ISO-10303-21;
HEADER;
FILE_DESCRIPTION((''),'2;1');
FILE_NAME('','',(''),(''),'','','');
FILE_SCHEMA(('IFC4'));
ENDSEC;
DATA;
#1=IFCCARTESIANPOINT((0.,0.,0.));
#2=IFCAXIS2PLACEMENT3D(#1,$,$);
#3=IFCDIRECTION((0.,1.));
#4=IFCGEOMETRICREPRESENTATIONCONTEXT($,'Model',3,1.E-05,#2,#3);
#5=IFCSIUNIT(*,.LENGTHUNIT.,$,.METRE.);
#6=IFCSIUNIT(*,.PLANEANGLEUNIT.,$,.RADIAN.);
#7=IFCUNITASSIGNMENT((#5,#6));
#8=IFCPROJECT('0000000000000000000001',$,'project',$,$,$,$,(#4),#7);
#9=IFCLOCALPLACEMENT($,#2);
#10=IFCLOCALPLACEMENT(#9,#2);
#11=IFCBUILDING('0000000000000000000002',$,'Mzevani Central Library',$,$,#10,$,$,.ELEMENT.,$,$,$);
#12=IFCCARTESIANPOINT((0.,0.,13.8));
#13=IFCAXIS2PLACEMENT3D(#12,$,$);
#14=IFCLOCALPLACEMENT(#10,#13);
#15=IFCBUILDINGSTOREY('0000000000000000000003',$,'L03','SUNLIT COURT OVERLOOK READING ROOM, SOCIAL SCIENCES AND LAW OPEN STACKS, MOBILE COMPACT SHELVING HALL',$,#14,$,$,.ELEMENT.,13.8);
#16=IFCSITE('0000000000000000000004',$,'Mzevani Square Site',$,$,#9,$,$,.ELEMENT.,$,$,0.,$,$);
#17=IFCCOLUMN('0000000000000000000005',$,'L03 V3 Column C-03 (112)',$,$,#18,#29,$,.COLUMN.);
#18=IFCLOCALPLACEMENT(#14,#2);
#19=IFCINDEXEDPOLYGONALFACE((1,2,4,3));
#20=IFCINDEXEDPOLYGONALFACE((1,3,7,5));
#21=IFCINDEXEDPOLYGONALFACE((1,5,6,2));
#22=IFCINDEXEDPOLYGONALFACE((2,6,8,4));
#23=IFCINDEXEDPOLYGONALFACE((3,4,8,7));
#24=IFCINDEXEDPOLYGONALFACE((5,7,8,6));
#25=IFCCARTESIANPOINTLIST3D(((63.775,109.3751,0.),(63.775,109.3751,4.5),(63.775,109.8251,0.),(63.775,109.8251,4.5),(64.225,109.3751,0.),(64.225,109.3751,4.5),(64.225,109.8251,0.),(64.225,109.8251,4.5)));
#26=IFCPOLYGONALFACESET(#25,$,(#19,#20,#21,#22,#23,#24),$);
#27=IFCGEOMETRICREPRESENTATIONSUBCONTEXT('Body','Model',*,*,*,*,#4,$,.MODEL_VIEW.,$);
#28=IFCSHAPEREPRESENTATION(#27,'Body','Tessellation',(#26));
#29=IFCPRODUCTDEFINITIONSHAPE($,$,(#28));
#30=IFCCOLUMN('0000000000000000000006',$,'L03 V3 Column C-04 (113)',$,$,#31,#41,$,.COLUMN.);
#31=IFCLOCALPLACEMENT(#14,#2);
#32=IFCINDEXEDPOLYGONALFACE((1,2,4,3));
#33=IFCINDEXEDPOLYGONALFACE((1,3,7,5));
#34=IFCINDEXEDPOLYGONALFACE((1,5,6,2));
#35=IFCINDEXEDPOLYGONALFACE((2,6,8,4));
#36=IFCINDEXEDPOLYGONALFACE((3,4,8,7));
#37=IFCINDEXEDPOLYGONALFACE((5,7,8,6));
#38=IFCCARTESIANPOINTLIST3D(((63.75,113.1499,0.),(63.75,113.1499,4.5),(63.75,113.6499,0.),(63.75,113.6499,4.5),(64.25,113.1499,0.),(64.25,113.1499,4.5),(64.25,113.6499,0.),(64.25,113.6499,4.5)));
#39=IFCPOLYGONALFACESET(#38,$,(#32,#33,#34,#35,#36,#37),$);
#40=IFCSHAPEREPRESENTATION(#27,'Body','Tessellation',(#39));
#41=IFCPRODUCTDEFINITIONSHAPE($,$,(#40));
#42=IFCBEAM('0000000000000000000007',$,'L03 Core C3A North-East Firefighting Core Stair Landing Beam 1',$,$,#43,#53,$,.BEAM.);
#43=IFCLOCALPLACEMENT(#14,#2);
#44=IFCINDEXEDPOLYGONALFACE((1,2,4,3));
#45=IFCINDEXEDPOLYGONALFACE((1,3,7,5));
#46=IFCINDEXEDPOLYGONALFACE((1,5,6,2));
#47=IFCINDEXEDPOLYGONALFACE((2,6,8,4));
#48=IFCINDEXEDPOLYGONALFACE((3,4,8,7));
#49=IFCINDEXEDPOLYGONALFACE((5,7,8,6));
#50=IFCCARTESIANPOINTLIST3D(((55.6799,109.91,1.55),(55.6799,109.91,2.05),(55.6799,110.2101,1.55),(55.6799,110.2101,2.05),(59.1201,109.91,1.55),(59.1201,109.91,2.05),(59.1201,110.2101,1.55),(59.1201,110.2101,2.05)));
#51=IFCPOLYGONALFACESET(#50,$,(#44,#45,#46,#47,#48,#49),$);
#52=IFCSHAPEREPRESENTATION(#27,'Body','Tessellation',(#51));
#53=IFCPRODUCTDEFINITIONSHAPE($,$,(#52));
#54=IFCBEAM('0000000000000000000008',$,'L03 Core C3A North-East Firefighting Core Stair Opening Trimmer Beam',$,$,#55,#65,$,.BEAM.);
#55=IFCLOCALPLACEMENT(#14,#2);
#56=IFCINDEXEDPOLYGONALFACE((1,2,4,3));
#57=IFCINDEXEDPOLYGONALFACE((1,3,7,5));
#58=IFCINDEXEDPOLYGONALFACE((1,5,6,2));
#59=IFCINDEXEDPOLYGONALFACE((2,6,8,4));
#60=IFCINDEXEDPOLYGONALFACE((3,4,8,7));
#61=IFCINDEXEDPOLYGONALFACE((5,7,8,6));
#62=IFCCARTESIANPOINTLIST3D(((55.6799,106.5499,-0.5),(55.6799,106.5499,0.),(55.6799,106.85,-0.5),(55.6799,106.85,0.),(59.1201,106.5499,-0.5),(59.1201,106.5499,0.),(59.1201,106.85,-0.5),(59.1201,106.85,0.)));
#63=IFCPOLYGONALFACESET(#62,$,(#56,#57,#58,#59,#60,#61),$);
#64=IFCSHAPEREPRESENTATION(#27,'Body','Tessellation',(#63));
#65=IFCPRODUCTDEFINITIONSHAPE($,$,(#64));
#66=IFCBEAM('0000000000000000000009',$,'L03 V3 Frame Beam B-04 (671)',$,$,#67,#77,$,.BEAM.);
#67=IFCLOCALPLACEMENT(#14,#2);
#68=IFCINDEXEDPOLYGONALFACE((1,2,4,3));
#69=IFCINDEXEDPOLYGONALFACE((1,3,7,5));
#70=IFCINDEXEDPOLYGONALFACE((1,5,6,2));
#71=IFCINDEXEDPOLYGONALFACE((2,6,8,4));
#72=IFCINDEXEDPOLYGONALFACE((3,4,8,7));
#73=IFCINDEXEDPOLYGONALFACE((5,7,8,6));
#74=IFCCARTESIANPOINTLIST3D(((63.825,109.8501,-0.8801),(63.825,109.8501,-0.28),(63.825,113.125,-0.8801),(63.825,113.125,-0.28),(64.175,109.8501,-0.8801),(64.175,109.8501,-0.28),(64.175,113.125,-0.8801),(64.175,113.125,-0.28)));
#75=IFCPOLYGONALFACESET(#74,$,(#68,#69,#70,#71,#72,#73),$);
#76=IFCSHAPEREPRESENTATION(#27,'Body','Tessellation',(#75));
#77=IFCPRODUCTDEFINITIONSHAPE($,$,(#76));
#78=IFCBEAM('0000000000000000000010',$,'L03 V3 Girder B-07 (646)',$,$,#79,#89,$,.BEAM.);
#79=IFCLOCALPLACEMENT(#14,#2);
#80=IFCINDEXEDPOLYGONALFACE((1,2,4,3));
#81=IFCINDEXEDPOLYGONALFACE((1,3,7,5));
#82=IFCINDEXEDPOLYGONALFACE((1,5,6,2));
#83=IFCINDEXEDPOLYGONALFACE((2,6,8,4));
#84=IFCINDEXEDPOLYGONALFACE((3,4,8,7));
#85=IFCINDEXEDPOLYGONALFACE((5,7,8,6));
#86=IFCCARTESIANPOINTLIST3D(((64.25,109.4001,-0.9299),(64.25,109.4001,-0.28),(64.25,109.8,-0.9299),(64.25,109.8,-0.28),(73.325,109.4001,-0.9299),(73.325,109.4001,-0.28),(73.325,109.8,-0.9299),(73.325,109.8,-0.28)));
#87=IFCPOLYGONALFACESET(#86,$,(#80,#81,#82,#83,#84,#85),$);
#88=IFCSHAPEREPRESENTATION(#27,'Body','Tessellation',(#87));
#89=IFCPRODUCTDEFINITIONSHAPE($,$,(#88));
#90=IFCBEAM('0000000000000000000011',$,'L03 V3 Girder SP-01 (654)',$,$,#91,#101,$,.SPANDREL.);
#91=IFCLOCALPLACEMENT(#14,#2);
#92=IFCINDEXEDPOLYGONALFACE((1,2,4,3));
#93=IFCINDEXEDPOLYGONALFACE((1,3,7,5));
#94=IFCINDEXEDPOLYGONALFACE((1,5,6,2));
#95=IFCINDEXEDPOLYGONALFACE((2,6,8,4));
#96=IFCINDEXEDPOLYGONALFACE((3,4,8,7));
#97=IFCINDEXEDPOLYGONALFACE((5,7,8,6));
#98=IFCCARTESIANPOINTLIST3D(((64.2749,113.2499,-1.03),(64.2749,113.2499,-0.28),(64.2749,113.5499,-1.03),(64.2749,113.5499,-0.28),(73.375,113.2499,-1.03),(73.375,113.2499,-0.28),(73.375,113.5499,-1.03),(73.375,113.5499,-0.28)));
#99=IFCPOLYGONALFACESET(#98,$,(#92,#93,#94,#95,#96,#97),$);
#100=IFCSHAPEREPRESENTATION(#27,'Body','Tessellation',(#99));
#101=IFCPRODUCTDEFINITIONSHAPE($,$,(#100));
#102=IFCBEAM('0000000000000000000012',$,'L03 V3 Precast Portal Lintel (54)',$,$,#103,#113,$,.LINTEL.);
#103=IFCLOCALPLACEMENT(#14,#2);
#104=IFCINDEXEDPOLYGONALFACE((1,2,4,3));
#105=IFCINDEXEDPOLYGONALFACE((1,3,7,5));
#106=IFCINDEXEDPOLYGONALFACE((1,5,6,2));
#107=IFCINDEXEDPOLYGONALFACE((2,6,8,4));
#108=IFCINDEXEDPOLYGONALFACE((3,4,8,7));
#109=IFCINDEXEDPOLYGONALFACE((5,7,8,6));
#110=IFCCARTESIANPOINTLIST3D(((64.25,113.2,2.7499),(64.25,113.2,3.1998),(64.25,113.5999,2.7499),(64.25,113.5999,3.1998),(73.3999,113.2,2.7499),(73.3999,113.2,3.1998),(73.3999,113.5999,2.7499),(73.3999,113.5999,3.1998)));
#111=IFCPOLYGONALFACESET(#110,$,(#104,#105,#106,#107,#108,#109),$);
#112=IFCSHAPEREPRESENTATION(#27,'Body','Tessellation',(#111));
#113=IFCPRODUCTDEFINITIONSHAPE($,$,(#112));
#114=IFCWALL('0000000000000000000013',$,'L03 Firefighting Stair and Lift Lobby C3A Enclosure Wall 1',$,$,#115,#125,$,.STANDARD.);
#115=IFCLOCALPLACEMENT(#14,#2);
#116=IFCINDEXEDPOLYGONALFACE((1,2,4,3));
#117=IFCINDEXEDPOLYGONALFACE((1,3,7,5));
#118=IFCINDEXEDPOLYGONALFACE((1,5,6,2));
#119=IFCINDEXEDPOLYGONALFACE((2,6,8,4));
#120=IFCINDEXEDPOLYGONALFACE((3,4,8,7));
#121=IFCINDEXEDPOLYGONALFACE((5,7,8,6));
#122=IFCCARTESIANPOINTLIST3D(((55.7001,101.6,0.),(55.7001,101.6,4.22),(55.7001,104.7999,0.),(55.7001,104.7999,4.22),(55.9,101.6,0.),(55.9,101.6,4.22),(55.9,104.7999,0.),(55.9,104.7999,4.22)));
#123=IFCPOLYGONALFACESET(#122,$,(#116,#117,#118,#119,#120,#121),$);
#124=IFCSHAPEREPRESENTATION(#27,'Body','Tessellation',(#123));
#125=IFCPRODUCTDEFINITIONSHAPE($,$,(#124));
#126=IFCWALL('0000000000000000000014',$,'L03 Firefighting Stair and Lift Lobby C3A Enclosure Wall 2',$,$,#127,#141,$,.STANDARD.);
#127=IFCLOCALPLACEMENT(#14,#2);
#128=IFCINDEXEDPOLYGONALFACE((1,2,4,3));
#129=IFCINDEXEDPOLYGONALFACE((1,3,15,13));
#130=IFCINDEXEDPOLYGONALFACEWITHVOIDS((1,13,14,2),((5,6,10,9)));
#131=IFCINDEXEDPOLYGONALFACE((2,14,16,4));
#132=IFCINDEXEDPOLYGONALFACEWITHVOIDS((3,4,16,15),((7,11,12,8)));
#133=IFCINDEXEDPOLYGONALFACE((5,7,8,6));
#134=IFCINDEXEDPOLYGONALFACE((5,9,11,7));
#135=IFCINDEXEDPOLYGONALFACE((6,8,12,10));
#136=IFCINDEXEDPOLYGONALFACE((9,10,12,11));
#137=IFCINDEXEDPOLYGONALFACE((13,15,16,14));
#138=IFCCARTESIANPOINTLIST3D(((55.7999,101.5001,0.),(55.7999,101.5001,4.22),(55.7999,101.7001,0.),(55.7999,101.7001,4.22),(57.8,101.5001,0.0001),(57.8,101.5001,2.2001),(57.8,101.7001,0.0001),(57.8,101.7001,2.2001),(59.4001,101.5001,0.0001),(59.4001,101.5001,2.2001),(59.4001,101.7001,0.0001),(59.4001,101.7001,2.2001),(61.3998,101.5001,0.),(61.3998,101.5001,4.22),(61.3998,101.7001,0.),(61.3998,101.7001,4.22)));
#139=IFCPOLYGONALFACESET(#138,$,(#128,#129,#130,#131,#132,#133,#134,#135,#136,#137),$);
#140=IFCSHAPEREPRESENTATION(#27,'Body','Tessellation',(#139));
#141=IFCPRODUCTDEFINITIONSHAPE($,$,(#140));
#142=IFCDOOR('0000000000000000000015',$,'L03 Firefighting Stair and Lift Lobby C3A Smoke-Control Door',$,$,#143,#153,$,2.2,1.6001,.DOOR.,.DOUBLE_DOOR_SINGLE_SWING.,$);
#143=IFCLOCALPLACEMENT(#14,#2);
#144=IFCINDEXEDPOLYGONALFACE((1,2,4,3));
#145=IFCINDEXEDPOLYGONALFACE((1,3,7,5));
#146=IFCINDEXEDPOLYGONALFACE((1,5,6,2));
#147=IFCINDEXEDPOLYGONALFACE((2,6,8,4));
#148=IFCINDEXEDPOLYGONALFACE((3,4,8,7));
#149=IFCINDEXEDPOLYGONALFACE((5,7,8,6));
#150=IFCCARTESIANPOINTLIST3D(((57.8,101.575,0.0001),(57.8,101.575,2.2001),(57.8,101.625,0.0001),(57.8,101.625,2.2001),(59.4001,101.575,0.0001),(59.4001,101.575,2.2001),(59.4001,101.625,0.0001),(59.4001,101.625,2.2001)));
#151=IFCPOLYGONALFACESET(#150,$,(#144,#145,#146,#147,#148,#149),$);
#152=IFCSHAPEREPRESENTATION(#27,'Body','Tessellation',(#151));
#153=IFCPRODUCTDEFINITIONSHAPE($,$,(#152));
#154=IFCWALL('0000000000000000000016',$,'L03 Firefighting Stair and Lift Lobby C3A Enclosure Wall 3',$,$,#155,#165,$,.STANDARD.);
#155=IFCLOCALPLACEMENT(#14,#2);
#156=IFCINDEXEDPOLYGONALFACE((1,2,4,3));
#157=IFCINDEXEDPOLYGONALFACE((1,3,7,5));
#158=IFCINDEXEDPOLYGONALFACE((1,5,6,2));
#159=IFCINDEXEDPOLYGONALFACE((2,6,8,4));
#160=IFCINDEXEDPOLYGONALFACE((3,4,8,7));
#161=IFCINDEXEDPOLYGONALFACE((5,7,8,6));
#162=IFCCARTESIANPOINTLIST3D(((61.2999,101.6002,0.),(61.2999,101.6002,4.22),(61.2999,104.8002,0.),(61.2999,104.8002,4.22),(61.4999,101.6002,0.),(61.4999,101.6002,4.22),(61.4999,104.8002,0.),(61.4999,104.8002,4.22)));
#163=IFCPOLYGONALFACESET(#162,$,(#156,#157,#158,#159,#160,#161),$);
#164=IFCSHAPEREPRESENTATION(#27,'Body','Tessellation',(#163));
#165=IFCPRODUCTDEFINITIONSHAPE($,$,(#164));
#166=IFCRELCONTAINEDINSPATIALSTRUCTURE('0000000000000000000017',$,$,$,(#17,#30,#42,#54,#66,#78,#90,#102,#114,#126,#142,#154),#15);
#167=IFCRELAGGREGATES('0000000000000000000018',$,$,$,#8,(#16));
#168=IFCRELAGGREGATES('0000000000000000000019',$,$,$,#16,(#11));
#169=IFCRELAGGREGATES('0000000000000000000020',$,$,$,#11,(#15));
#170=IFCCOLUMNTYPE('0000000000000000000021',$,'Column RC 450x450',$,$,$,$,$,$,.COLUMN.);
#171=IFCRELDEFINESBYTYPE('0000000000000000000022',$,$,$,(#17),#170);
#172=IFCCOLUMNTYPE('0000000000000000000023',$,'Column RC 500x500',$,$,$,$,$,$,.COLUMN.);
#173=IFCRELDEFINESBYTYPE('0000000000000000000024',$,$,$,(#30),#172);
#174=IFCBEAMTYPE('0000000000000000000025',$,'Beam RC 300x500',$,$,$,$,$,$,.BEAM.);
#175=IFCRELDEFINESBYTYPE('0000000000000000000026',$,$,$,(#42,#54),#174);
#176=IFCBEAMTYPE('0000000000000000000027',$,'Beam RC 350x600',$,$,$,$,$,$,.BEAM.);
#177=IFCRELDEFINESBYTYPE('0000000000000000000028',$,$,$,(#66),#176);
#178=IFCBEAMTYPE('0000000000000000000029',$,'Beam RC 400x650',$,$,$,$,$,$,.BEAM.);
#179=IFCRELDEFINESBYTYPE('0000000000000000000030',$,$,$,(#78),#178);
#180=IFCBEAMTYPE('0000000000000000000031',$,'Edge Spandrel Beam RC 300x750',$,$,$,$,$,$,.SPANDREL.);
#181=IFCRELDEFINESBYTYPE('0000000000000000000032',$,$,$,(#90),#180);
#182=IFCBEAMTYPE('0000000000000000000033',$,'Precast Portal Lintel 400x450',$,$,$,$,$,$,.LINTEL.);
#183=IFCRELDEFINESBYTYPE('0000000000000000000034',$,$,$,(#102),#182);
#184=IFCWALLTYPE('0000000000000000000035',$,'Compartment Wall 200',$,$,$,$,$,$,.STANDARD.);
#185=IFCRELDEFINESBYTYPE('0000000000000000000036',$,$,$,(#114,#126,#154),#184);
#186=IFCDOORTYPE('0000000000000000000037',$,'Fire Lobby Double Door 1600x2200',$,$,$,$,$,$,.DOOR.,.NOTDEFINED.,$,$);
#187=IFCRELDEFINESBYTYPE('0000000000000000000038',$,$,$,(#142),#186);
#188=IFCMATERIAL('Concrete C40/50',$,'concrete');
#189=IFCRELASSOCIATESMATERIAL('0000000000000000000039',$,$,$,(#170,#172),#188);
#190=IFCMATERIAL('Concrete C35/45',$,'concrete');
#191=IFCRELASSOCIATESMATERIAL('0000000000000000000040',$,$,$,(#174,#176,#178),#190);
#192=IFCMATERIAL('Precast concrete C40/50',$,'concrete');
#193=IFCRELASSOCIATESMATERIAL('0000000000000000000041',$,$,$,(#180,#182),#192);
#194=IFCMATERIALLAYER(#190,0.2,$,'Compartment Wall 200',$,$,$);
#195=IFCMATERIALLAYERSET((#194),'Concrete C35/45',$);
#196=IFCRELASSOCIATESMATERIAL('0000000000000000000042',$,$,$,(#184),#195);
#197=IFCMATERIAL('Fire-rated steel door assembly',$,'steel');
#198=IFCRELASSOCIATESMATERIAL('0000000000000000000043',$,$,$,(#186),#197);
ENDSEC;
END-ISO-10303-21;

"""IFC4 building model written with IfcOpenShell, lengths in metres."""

from ifc_helpers import new_model, si_unit, direction, frame, frame_2d, origin, origin_2d, place, context, subcontext, project, spatial, rectangle, extrude, material, layer, layer_set, material_profile, profile_set, type_object, element, fill, save


model = new_model("IFC4")

# Units and contexts
model_context = context("Model", 3, precision=1e-05, world=origin(), true_north=direction((0.0, 1.0)))
body_context = subcontext(model_context, "Body", "Model", "MODEL_VIEW")
ifc_project = project(units=[si_unit("LENGTHUNIT", "METRE"), si_unit("PLANEANGLEUNIT", "RADIAN")], contexts=[model_context])

# Site, building, storey
site_placement = place(None, origin())
site = spatial("IfcSite", under=ifc_project, at=site_placement, Name="Mzevani Square Site", CompositionType="ELEMENT", RefElevation=0.0)
building_placement = place(site_placement, origin())
building = spatial("IfcBuilding", under=site, at=building_placement, Name="Mzevani Central Library", CompositionType="ELEMENT")
storey_placement = place(building_placement, frame((0.0, 0.0, 13.8)))
storey = spatial("IfcBuildingStorey", under=building, at=storey_placement, Name="L03", Description="SUNLIT COURT OVERLOOK READING ROOM, SOCIAL SCIENCES AND LAW OPEN STACKS, MOBILE COMPACT SHELVING HALL", CompositionType="ELEMENT", Elevation=13.8)

# Columns
ifc_material_1 = material(Name="Concrete C40/50", Category="concrete")
ifc_material_profile_1 = material_profile(ifc_material_1, rectangle(XDim=0.45, YDim=0.45, at=origin_2d()), Name="RC 450x450")
ifc_profile_set_1 = profile_set([ifc_material_profile_1], Name="Concrete C40/50")
column_type_1 = type_object("IfcColumnType", Name="Column RC 450x450", PredefinedType="COLUMN", material=ifc_profile_set_1)
column_1_placement = place(storey_placement, frame((64.0, 109.6001, 0.0), z_axis=(0.0, 0.0, 1.0), x_axis=(1.0, 0.0, 0.0)))
element("IfcColumn", 1, at=column_1_placement, inside=storey, type_object=column_type_1, Name="L03 V3 Column C-03 (112)", PredefinedType="COLUMN", context=body_context, shape_type="SweptSolid", body=[
    extrude(rectangle(XDim=0.45, YDim=0.45, at=origin_2d()), origin(), (0.0, 0.0, 1.0), 4.5),
])
ifc_material_profile_2 = material_profile(ifc_material_1, rectangle(XDim=0.5, YDim=0.5, at=origin_2d()), Name="RC 500x500")
ifc_profile_set_2 = profile_set([ifc_material_profile_2], Name="Concrete C40/50")
column_type_2 = type_object("IfcColumnType", Name="Column RC 500x500", PredefinedType="COLUMN", material=ifc_profile_set_2)
column_2_placement = place(storey_placement, frame((64.0, 113.3999, 0.0), z_axis=(0.0, 0.0, 1.0), x_axis=(1.0, 0.0, 0.0)))
element("IfcColumn", 2, at=column_2_placement, inside=storey, type_object=column_type_2, Name="L03 V3 Column C-04 (113)", PredefinedType="COLUMN", context=body_context, shape_type="SweptSolid", body=[
    extrude(rectangle(XDim=0.5, YDim=0.5, at=origin_2d()), origin(), (0.0, 0.0, 1.0), 4.5),
])

# Beams
ifc_material_2 = material(Name="Concrete C35/45", Category="concrete")
ifc_material_profile_3 = material_profile(ifc_material_2, rectangle(XDim=0.3, YDim=0.5, at=origin_2d()), Name="RC B300x500")
ifc_profile_set_3 = profile_set([ifc_material_profile_3], Name="Concrete C35/45")
beam_type_1 = type_object("IfcBeamType", Name="Beam RC 300x500", PredefinedType="BEAM", material=ifc_profile_set_3)
for number, where, z_axis, x_axis, name in (
    (3, (55.6799, 110.0601, 1.8), (1.0, 0.0, 0.0), (0.0, 1.0, 0.0), "L03 Core C3A North-East Firefighting Core Stair Landing Beam 1"),
    (4, (55.6799, 106.7, -0.25), (1.0, 0.0, 0.0), (0.0, 1.0, 0.0), "L03 Core C3A North-East Firefighting Core Stair Opening Trimmer Beam"),
):
    element("IfcBeam", number, at=place(storey_placement, frame(where, z_axis=z_axis, x_axis=x_axis)), inside=storey, type_object=beam_type_1, Name=name, PredefinedType="BEAM", context=body_context, shape_type="SweptSolid", body=[
        extrude(rectangle(XDim=0.3, YDim=0.5, at=origin_2d()), origin(), (0.0, 0.0, 1.0), 3.4402),
    ])
ifc_material_profile_4 = material_profile(ifc_material_2, rectangle(XDim=0.3501, YDim=0.6001, at=origin_2d()), Name="RC B350x600")
ifc_profile_set_4 = profile_set([ifc_material_profile_4], Name="Concrete C35/45")
beam_type_2 = type_object("IfcBeamType", Name="Beam RC 350x600", PredefinedType="BEAM", material=ifc_profile_set_4)
beam_1_placement = place(storey_placement, frame((64.0, 109.8501, -0.5801), z_axis=(0.0, 1.0, 0.0), x_axis=(-1.0, 0.0, 0.0)))
element("IfcBeam", 5, at=beam_1_placement, inside=storey, type_object=beam_type_2, Name="L03 V3 Frame Beam B-04 (671)", PredefinedType="BEAM", context=body_context, shape_type="SweptSolid", body=[
    extrude(rectangle(XDim=0.3501, YDim=0.6001, at=origin_2d()), origin(), (0.0, 0.0, 1.0), 3.2749),
])
ifc_material_profile_5 = material_profile(ifc_material_2, rectangle(XDim=0.3999, YDim=0.6499, at=origin_2d()), Name="RC B400x650")
ifc_profile_set_5 = profile_set([ifc_material_profile_5], Name="Concrete C35/45")
beam_type_3 = type_object("IfcBeamType", Name="Beam RC 400x650", PredefinedType="BEAM", material=ifc_profile_set_5)
beam_2_placement = place(storey_placement, frame((64.25, 109.6001, -0.605), z_axis=(1.0, 0.0, 0.0), x_axis=(0.0, 1.0, 0.0)))
element("IfcBeam", 6, at=beam_2_placement, inside=storey, type_object=beam_type_3, Name="L03 V3 Girder B-07 (646)", PredefinedType="BEAM", context=body_context, shape_type="SweptSolid", body=[
    extrude(rectangle(XDim=0.3999, YDim=0.6499, at=origin_2d()), origin(), (0.0, 0.0, 1.0), 9.075),
])
ifc_material_3 = material(Name="Precast concrete C40/50", Category="concrete")
ifc_material_profile_6 = material_profile(ifc_material_3, rectangle(XDim=0.3, YDim=0.75, at=origin_2d()), Name="RC SP300x750")
ifc_profile_set_6 = profile_set([ifc_material_profile_6], Name="Precast concrete C40/50")
beam_type_4 = type_object("IfcBeamType", Name="Edge Spandrel Beam RC 300x750", PredefinedType="SPANDREL", material=ifc_profile_set_6)
beam_3_placement = place(storey_placement, frame((64.2749, 113.3999, -0.655), z_axis=(1.0, 0.0, 0.0), x_axis=(0.0, 1.0, 0.0)))
element("IfcBeam", 7, at=beam_3_placement, inside=storey, type_object=beam_type_4, Name="L03 V3 Girder SP-01 (654)", PredefinedType="SPANDREL", context=body_context, shape_type="SweptSolid", body=[
    extrude(rectangle(XDim=0.3, YDim=0.75, at=origin_2d()), origin(), (0.0, 0.0, 1.0), 9.1001),
])
ifc_material_profile_7 = material_profile(ifc_material_3, rectangle(XDim=0.3999, YDim=0.45, at=origin_2d()), Name="PC LN400x450")
ifc_profile_set_7 = profile_set([ifc_material_profile_7], Name="Precast concrete C40/50")
beam_type_5 = type_object("IfcBeamType", Name="Precast Portal Lintel 400x450", PredefinedType="LINTEL", material=ifc_profile_set_7)
beam_4_placement = place(storey_placement, frame((64.25, 113.3999, 2.9749), z_axis=(1.0, 0.0, 0.0), x_axis=(0.0, 1.0, 0.0)))
element("IfcBeam", 8, at=beam_4_placement, inside=storey, type_object=beam_type_5, Name="L03 V3 Precast Portal Lintel (54)", PredefinedType="LINTEL", context=body_context, shape_type="SweptSolid", body=[
    extrude(rectangle(XDim=0.3999, YDim=0.45, at=origin_2d()), origin(), (0.0, 0.0, 1.0), 9.1499),
])

# Wall
ifc_layer_1 = layer(ifc_material_2, 0.2, Name="Compartment Wall 200")
ifc_layer_set_1 = layer_set([ifc_layer_1], Name="Concrete C35/45")
wall_type_1 = type_object("IfcWallType", Name="Compartment Wall 200", PredefinedType="STANDARD", material=ifc_layer_set_1)
wall_1_placement = place(storey_placement, frame((55.8, 104.8, 0.0), z_axis=(0.0, 0.0, 1.0), x_axis=(0.0, -1.0, 0.0)))
element("IfcWall", 9, at=wall_1_placement, inside=storey, type_object=wall_type_1, Name="L03 Firefighting Stair and Lift Lobby C3A Enclosure Wall 1", PredefinedType="STANDARD", context=body_context, shape_type="SweptSolid", body=[
    extrude(rectangle(XDim=3.2, YDim=0.2, at=frame_2d((1.6001, 0.0))), origin(), (0.0, 0.0, 1.0), 4.22),
])

# Wall, opening, door
wall_2_placement = place(storey_placement, frame((55.8, 101.6001, 0.0), z_axis=(0.0, 0.0, 1.0), x_axis=(1.0, 0.0, 0.0)))
wall_2 = element("IfcWall", 10, at=wall_2_placement, inside=storey, type_object=wall_type_1, Name="L03 Firefighting Stair and Lift Lobby C3A Enclosure Wall 2", PredefinedType="STANDARD", context=body_context, shape_type="SweptSolid", body=[
    extrude(rectangle(XDim=5.5999, YDim=0.2, at=frame_2d((2.7998, 0.0))), origin(), (0.0, 0.0, 1.0), 4.22),
])
opening_1_placement = place(wall_2_placement, frame((2.0, 0.0, 0.0)))
opening_1 = element("IfcOpeningElement", 11, at=opening_1_placement, cuts=wall_2, PredefinedType="OPENING", context=body_context, shape_type="SweptSolid", body=[
    extrude(rectangle(XDim=1.6001, YDim=2.2, at=frame_2d((0.8, 1.1001))), frame((0.0, 0.1099, 0.0), z_axis=(0.0, -1.0, 0.0), x_axis=(1.0, 0.0, 0.0)), (0.0, 0.0, 1.0), 0.22),
])
ifc_material_4 = material(Name="Fire-rated steel door assembly", Category="steel")
door_type_1 = type_object("IfcDoorType", Name="Fire Lobby Double Door 1600x2200", OperationType="NOTDEFINED", PredefinedType="DOOR", material=ifc_material_4)
door_1_placement = place(opening_1_placement, origin())
door_1 = element("IfcDoor", 12, at=door_1_placement, inside=storey, type_object=door_type_1, Name="L03 Firefighting Stair and Lift Lobby C3A Smoke-Control Door", OperationType="DOUBLE_DOOR_SINGLE_SWING", OverallHeight=2.2, OverallWidth=1.6001, PredefinedType="DOOR", context=body_context, shape_type="SweptSolid", body=[
    extrude(rectangle(XDim=1.6001, YDim=2.2, at=frame_2d((0.8, 1.1001))), frame((0.0, 0.0249, 0.0), z_axis=(0.0, -1.0, 0.0), x_axis=(1.0, 0.0, 0.0)), (0.0, 0.0, 1.0), 0.05),
])
fill(opening_1, door_1)

# Wall
wall_3_placement = place(storey_placement, frame((61.3999, 101.6001, 0.0), z_axis=(0.0, 0.0, 1.0), x_axis=(0.0, 1.0, 0.0)))
element("IfcWall", 13, at=wall_3_placement, inside=storey, type_object=wall_type_1, Name="L03 Firefighting Stair and Lift Lobby C3A Enclosure Wall 3", PredefinedType="STANDARD", context=body_context, shape_type="SweptSolid", body=[
    extrude(rectangle(XDim=3.2, YDim=0.2, at=frame_2d((1.6001, 0.0))), origin(), (0.0, 0.0, 1.0), 4.22),
])

save(model, "model.ifc")
